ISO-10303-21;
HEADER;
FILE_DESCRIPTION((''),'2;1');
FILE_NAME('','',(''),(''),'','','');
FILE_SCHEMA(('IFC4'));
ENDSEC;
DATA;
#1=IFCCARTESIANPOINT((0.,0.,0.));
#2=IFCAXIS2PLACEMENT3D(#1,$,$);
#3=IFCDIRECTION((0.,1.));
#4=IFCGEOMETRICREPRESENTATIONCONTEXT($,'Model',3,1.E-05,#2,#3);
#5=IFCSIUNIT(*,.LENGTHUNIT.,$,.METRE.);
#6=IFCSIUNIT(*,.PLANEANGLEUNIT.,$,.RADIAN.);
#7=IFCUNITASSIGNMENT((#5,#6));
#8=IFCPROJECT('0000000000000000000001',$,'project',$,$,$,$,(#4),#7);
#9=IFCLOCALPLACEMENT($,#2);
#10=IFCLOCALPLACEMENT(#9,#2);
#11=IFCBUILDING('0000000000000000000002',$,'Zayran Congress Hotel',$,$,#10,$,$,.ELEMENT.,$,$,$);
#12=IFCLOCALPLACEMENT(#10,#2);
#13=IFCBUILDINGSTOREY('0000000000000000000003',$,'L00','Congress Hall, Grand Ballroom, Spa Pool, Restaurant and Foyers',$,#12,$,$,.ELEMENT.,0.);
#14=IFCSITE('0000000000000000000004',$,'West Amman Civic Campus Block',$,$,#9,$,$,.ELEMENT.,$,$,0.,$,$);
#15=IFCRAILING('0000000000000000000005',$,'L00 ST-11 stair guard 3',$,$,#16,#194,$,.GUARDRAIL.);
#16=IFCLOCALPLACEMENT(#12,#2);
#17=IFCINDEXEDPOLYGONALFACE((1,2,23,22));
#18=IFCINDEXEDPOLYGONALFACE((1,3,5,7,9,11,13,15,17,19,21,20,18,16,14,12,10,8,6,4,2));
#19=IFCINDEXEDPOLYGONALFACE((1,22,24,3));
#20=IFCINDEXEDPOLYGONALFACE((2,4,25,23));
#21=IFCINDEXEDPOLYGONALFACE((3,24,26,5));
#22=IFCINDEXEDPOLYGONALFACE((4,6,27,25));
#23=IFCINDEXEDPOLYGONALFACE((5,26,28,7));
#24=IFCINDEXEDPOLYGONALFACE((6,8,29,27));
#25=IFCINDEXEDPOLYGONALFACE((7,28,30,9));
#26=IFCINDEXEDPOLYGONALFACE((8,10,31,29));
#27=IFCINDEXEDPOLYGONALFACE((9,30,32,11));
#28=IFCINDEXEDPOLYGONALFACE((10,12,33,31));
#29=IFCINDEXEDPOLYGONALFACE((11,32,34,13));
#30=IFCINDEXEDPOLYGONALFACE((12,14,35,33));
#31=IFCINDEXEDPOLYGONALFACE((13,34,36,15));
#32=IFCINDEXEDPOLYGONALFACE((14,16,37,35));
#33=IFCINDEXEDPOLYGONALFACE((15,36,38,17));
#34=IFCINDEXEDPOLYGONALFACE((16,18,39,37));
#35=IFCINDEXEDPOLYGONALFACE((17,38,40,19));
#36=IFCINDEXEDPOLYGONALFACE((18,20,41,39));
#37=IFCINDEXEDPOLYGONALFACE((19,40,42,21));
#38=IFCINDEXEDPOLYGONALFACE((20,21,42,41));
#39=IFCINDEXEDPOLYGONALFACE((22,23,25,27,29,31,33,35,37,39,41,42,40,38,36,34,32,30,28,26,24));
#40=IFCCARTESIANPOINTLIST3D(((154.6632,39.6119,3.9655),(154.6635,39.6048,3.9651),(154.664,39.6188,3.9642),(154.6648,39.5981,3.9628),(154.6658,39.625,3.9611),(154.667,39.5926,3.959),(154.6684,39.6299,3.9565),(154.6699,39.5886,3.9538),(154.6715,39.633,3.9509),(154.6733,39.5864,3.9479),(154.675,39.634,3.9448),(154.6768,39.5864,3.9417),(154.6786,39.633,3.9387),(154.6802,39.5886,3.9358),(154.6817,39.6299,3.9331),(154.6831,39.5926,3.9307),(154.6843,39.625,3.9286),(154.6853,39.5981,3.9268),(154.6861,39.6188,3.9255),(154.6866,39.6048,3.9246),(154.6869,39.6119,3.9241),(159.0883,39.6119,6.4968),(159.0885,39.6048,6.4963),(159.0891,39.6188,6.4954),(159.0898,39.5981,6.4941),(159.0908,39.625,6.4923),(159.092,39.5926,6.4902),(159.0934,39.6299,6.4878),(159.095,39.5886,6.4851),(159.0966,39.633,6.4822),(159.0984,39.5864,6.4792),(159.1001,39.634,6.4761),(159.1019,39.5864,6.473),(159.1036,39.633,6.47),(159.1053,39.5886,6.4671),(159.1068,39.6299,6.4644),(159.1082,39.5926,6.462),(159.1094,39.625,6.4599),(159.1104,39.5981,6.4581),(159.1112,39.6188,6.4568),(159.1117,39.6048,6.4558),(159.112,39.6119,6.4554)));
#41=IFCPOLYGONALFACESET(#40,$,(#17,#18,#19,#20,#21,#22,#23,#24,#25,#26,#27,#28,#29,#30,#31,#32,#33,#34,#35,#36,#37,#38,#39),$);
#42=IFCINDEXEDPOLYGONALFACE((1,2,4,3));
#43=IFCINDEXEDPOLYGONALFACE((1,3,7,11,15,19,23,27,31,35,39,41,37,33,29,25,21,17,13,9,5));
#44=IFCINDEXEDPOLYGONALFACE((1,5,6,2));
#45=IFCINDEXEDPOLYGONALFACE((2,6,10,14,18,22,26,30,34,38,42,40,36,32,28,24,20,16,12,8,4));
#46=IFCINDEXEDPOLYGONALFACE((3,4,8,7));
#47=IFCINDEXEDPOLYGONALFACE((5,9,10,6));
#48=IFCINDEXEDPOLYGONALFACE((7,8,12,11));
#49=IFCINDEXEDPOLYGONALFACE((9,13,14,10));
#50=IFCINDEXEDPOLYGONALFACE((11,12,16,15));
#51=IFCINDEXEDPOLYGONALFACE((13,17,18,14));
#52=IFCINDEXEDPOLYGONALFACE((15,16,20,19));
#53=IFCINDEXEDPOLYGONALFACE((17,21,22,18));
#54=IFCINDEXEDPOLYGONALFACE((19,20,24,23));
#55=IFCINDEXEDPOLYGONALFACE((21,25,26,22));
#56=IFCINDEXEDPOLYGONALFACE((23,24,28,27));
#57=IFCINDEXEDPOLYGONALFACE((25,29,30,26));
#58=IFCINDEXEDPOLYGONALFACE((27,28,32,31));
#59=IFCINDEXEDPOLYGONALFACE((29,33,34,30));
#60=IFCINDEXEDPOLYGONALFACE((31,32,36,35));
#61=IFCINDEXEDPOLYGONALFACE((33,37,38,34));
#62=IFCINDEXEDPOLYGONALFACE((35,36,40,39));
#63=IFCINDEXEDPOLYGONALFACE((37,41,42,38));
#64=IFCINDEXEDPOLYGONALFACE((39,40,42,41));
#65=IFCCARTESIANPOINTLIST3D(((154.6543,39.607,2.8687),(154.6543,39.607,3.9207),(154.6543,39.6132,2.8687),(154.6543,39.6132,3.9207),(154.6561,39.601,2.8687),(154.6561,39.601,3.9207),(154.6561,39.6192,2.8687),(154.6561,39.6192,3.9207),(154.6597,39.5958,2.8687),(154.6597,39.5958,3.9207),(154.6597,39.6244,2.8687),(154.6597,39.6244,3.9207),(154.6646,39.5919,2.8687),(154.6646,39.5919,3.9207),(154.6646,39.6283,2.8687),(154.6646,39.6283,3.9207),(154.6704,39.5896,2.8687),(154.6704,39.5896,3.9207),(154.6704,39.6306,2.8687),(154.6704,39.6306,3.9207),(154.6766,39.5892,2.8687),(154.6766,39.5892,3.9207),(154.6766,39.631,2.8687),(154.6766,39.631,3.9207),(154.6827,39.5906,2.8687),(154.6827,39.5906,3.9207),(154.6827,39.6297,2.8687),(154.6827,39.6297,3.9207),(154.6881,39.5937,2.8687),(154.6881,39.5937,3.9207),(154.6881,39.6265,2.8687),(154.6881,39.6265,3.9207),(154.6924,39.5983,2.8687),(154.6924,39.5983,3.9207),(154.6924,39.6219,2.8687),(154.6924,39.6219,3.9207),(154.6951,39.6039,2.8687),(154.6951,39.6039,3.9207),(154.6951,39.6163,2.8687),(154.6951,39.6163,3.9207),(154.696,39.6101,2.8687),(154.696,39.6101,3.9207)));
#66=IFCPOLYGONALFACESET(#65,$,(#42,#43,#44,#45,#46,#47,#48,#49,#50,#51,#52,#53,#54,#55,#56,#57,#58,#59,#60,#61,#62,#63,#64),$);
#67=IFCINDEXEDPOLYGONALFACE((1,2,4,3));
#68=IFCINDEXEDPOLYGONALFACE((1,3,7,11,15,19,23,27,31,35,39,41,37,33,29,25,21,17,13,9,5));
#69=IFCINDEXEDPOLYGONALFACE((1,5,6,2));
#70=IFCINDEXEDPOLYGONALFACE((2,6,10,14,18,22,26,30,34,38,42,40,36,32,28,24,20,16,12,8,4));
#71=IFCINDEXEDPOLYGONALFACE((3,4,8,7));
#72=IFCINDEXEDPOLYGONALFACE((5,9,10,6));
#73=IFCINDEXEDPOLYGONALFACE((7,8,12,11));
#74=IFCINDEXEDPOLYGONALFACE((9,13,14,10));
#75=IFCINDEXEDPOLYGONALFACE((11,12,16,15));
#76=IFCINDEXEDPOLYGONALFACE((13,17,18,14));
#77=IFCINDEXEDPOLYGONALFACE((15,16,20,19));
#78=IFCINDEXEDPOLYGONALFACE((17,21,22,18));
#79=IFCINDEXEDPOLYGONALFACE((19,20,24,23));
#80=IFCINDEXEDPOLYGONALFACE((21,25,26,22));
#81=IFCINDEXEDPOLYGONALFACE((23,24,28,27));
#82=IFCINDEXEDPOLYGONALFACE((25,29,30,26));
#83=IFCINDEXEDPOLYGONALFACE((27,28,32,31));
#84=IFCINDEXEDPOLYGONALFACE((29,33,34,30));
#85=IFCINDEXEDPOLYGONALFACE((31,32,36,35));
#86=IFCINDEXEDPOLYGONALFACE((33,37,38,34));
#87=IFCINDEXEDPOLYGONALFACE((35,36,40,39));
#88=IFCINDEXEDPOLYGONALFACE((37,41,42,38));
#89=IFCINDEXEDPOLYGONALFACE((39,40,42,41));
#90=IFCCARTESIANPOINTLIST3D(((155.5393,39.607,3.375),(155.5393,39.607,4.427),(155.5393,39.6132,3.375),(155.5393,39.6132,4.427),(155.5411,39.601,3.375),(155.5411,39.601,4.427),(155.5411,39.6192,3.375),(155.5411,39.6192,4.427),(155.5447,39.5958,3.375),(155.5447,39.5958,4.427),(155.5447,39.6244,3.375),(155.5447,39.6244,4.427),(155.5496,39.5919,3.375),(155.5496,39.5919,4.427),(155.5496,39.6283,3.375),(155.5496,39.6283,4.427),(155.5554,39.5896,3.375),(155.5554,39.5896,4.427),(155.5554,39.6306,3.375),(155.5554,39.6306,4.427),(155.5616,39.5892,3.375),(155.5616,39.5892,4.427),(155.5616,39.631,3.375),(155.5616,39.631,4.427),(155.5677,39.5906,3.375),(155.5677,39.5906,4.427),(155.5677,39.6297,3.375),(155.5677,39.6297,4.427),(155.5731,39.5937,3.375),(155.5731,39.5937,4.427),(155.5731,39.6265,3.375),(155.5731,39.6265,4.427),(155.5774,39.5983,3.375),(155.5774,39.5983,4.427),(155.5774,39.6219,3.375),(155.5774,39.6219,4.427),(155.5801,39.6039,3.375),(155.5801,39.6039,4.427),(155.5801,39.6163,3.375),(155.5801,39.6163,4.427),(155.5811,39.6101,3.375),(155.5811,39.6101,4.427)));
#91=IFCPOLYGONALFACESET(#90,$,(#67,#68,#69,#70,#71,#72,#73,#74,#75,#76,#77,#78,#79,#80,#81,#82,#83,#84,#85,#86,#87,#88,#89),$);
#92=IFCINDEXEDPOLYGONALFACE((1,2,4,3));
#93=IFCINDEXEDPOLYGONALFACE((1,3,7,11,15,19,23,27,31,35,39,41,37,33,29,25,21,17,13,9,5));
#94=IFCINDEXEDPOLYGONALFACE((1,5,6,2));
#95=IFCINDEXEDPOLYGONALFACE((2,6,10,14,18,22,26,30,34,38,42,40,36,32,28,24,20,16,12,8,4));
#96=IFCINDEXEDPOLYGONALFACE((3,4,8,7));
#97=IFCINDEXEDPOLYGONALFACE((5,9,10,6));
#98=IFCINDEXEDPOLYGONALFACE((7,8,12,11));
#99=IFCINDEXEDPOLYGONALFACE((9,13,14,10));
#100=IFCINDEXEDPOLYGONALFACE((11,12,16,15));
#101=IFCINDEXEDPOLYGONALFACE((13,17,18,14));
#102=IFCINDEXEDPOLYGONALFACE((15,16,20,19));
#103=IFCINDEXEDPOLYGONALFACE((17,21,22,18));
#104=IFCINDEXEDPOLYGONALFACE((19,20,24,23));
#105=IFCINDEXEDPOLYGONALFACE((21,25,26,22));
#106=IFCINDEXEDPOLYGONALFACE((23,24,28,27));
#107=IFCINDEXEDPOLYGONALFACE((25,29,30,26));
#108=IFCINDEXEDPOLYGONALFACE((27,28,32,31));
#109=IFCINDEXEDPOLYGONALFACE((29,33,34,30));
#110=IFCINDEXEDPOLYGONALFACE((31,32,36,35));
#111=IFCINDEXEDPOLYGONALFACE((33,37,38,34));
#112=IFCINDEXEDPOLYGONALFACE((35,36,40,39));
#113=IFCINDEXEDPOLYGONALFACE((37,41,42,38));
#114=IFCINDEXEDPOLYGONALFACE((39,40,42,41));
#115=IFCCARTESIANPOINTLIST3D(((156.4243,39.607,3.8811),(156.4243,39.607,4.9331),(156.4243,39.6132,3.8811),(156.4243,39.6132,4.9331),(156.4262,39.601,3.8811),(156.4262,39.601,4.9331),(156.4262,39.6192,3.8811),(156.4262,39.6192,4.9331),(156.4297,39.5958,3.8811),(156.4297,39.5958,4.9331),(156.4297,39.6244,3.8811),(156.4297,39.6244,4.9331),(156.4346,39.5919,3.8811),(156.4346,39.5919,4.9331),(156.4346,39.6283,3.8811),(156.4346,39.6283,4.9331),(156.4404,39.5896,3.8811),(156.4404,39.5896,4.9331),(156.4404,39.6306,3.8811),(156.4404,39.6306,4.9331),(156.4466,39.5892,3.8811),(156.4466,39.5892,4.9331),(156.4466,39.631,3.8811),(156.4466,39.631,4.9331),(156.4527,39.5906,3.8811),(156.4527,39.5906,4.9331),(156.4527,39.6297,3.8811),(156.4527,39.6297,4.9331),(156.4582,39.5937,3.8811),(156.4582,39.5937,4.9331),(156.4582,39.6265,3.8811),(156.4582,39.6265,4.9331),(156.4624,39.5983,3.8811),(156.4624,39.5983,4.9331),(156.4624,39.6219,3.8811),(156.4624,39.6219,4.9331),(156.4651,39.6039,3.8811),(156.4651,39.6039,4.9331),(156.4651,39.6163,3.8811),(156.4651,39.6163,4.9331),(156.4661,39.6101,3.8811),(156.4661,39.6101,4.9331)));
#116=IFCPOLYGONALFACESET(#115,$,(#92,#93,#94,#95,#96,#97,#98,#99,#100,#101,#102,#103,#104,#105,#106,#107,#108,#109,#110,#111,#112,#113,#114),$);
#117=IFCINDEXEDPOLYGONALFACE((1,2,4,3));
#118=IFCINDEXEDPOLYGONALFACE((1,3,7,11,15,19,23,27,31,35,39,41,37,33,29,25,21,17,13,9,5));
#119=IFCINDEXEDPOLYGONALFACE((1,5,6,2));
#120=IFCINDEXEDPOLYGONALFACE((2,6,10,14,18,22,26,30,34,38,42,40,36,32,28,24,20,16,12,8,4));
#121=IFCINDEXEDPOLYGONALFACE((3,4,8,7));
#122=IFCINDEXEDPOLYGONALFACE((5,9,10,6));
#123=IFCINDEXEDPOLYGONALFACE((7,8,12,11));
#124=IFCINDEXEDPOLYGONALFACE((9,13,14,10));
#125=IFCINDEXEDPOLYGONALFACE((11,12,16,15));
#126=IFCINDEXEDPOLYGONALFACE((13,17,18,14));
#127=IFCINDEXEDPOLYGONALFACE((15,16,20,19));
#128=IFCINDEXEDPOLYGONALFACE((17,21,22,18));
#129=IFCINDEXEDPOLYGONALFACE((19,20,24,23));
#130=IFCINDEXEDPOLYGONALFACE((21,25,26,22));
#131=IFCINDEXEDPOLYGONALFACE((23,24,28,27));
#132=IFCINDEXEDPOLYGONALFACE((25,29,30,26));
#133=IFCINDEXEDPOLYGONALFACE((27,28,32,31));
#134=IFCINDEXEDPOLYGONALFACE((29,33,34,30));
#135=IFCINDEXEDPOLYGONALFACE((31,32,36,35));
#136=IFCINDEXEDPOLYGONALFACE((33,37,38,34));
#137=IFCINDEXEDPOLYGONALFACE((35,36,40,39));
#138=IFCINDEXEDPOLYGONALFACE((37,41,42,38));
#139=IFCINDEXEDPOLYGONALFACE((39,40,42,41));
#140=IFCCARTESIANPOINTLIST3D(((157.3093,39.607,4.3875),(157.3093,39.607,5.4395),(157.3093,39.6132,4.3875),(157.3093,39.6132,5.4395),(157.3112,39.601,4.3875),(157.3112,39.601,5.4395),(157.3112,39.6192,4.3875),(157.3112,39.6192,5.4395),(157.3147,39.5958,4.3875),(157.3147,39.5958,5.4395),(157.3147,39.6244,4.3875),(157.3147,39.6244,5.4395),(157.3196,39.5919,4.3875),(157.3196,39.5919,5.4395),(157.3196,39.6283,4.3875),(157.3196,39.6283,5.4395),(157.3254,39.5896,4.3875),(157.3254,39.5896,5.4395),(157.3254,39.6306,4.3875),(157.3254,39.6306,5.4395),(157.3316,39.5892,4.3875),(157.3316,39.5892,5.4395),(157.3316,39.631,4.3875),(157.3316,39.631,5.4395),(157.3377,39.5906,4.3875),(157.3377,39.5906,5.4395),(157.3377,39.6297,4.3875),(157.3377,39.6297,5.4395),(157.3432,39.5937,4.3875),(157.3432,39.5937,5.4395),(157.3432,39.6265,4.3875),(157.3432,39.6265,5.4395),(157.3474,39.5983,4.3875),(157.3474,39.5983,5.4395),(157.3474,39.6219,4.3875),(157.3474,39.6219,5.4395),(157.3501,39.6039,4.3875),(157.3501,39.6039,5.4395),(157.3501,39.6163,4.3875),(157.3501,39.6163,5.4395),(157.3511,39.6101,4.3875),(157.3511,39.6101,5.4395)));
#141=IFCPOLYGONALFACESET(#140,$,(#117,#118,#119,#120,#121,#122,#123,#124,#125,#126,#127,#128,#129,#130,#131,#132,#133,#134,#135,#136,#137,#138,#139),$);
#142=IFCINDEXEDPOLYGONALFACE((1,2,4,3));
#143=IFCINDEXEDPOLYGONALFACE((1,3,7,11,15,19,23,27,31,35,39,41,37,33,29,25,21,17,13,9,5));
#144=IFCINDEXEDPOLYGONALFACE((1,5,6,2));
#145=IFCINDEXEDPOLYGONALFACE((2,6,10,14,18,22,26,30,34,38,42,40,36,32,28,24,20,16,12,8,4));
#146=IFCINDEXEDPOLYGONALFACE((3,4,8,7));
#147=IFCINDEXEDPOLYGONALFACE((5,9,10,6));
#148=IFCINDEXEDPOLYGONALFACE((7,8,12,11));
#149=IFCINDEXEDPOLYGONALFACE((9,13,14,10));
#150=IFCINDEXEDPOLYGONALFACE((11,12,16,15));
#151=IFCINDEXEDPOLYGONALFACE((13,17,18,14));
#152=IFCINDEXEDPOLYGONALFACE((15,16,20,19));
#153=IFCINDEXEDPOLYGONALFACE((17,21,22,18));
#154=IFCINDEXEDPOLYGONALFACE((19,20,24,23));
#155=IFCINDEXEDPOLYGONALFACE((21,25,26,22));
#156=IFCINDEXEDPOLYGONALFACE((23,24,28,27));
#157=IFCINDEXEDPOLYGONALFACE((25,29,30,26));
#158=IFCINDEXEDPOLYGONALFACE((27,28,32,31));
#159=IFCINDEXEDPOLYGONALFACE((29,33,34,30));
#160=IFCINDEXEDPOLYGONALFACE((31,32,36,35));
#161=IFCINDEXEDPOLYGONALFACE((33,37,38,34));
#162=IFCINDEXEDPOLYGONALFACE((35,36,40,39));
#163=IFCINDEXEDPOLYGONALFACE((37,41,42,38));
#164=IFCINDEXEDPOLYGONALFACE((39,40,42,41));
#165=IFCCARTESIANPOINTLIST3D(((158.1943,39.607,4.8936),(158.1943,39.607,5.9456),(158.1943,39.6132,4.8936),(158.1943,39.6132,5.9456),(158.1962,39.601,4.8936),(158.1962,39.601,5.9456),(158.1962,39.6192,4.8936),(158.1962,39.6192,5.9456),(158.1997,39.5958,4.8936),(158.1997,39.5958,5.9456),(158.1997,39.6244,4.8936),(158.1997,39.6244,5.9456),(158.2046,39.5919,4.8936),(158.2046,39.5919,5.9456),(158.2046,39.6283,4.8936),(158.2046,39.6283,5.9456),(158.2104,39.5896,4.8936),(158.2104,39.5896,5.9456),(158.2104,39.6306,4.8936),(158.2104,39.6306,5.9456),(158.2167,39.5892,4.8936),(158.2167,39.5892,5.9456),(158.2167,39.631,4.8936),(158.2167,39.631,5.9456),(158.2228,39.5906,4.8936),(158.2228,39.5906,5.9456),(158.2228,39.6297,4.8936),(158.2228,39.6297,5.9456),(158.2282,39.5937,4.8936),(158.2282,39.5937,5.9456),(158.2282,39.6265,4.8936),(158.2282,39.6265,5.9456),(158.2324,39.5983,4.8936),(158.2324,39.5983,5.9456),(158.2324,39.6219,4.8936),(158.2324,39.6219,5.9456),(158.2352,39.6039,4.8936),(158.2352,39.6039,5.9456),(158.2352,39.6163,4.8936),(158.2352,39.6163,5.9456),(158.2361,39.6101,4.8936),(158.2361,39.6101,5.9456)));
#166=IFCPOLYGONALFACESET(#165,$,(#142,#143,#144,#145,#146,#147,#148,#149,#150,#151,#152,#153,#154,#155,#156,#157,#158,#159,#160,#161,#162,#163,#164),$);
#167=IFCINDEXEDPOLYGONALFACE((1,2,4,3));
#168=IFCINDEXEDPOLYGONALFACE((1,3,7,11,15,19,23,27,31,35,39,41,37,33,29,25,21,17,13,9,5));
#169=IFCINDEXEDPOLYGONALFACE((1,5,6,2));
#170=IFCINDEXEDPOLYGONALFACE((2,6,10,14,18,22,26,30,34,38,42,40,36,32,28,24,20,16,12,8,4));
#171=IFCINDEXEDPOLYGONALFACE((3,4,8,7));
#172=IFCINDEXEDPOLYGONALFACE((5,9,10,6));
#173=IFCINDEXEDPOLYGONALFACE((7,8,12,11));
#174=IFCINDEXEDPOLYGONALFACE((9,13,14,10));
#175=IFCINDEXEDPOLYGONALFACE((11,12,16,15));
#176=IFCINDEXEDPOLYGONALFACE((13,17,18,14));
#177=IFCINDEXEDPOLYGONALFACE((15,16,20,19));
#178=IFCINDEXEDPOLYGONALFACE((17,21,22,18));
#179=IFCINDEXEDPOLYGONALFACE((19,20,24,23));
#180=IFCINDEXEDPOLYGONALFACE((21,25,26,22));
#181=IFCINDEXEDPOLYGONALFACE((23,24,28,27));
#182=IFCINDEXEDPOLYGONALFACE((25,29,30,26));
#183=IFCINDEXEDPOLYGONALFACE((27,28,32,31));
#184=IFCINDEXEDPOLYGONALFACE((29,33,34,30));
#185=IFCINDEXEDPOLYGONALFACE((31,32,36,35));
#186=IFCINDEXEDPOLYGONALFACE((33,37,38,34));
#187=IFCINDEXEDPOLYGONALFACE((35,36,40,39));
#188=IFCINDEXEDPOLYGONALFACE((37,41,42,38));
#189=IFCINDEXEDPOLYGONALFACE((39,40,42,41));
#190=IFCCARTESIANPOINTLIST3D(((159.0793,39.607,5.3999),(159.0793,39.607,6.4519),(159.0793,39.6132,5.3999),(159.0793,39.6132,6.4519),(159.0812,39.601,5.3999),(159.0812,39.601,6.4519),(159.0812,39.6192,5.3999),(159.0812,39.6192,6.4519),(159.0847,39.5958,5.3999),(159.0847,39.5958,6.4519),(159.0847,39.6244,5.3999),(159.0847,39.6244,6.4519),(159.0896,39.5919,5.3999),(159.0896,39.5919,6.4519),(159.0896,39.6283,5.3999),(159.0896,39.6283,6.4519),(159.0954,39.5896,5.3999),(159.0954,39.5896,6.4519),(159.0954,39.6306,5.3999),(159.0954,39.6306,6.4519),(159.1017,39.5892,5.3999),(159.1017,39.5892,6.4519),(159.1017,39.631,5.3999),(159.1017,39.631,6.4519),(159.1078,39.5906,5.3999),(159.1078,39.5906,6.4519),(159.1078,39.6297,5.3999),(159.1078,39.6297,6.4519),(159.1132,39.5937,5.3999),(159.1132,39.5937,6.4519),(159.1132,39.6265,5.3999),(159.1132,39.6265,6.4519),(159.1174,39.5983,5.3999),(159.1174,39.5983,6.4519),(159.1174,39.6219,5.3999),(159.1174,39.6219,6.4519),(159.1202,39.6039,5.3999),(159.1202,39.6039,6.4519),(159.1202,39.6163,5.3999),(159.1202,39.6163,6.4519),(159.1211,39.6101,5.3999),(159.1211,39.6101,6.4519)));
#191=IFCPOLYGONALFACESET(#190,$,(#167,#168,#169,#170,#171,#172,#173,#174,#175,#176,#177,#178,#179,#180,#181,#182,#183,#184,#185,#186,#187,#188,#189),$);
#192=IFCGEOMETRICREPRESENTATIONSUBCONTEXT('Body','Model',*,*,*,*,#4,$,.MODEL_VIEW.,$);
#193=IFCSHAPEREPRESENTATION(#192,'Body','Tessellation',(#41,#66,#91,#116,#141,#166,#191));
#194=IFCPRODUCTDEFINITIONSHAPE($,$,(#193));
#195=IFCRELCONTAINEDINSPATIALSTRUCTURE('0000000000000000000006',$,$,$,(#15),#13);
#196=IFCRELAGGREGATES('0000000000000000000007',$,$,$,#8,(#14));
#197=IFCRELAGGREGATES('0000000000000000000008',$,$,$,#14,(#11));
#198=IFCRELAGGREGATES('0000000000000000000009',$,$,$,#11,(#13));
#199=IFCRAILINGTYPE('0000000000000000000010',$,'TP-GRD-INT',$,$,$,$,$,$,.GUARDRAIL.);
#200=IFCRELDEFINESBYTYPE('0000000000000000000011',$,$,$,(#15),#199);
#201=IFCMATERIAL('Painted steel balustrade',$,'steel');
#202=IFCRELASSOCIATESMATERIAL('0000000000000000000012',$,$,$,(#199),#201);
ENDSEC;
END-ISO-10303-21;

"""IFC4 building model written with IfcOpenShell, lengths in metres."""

from ifc_helpers import new_model, si_unit, direction, frame, origin, origin_2d, place, context, subcontext, project, spatial, circle, extrude, material, type_object, element, save


model = new_model("IFC4")

# Units and contexts
model_context = context("Model", 3, precision=1e-05, world=origin(), true_north=direction((0.0, 1.0)))
body_context = subcontext(model_context, "Body", "Model", "MODEL_VIEW")
ifc_project = project(units=[si_unit("LENGTHUNIT", "METRE"), si_unit("PLANEANGLEUNIT", "RADIAN")], contexts=[model_context])

# Site, building, storey
site_placement = place(None, origin())
site = spatial("IfcSite", under=ifc_project, at=site_placement, Name="West Amman Civic Campus Block", CompositionType="ELEMENT", RefElevation=0.0)
building_placement = place(site_placement, origin())
building = spatial("IfcBuilding", under=site, at=building_placement, Name="Zayran Congress Hotel", CompositionType="ELEMENT")
storey_placement = place(building_placement, origin())
storey = spatial("IfcBuildingStorey", under=building, at=storey_placement, Name="L00", Description="Congress Hall, Grand Ballroom, Spa Pool, Restaurant and Foyers", CompositionType="ELEMENT", Elevation=0.0)

# Railing
ifc_material_1 = material(Name="Painted steel balustrade", Category="steel")
railing_type_1 = type_object("IfcRailingType", Name="TP-GRD-INT", PredefinedType="GUARDRAIL", material=ifc_material_1)
railing_1_placement = place(storey_placement, frame((154.675, 39.6101, 2.8687)))
element("IfcRailing", 1, at=railing_1_placement, inside=storey, type_object=railing_type_1, Name="L00 ST-11 stair guard 3", PredefinedType="GUARDRAIL", context=body_context, shape_type="SweptSolid", body=[
    extrude(circle(Radius=0.0239, at=origin_2d()), frame((0.0, 0.0, 1.0762), z_axis=(0.868019, 0.0, 0.496531), x_axis=(0.0, 1.0, 0.0)), (0.0, 0.0, 1.0), 5.0979),
    extrude(circle(Radius=0.021, at=origin_2d()), origin(), (0.0, 0.0, 1.0), 1.052),
    extrude(circle(Radius=0.021, at=origin_2d()), frame((0.885, 0.0, 0.5063)), (0.0, 0.0, 1.0), 1.052),
    extrude(circle(Radius=0.021, at=origin_2d()), frame((1.77, 0.0, 1.0125)), (0.0, 0.0, 1.0), 1.052),
    extrude(circle(Radius=0.021, at=origin_2d()), frame((2.655, 0.0, 1.5188)), (0.0, 0.0, 1.0), 1.052),
    extrude(circle(Radius=0.021, at=origin_2d()), frame((3.54, 0.0, 2.0249)), (0.0, 0.0, 1.0), 1.052),
    extrude(circle(Radius=0.021, at=origin_2d()), frame((4.425, 0.0, 2.5312)), (0.0, 0.0, 1.0), 1.052),
])

save(model, "model.ifc")
